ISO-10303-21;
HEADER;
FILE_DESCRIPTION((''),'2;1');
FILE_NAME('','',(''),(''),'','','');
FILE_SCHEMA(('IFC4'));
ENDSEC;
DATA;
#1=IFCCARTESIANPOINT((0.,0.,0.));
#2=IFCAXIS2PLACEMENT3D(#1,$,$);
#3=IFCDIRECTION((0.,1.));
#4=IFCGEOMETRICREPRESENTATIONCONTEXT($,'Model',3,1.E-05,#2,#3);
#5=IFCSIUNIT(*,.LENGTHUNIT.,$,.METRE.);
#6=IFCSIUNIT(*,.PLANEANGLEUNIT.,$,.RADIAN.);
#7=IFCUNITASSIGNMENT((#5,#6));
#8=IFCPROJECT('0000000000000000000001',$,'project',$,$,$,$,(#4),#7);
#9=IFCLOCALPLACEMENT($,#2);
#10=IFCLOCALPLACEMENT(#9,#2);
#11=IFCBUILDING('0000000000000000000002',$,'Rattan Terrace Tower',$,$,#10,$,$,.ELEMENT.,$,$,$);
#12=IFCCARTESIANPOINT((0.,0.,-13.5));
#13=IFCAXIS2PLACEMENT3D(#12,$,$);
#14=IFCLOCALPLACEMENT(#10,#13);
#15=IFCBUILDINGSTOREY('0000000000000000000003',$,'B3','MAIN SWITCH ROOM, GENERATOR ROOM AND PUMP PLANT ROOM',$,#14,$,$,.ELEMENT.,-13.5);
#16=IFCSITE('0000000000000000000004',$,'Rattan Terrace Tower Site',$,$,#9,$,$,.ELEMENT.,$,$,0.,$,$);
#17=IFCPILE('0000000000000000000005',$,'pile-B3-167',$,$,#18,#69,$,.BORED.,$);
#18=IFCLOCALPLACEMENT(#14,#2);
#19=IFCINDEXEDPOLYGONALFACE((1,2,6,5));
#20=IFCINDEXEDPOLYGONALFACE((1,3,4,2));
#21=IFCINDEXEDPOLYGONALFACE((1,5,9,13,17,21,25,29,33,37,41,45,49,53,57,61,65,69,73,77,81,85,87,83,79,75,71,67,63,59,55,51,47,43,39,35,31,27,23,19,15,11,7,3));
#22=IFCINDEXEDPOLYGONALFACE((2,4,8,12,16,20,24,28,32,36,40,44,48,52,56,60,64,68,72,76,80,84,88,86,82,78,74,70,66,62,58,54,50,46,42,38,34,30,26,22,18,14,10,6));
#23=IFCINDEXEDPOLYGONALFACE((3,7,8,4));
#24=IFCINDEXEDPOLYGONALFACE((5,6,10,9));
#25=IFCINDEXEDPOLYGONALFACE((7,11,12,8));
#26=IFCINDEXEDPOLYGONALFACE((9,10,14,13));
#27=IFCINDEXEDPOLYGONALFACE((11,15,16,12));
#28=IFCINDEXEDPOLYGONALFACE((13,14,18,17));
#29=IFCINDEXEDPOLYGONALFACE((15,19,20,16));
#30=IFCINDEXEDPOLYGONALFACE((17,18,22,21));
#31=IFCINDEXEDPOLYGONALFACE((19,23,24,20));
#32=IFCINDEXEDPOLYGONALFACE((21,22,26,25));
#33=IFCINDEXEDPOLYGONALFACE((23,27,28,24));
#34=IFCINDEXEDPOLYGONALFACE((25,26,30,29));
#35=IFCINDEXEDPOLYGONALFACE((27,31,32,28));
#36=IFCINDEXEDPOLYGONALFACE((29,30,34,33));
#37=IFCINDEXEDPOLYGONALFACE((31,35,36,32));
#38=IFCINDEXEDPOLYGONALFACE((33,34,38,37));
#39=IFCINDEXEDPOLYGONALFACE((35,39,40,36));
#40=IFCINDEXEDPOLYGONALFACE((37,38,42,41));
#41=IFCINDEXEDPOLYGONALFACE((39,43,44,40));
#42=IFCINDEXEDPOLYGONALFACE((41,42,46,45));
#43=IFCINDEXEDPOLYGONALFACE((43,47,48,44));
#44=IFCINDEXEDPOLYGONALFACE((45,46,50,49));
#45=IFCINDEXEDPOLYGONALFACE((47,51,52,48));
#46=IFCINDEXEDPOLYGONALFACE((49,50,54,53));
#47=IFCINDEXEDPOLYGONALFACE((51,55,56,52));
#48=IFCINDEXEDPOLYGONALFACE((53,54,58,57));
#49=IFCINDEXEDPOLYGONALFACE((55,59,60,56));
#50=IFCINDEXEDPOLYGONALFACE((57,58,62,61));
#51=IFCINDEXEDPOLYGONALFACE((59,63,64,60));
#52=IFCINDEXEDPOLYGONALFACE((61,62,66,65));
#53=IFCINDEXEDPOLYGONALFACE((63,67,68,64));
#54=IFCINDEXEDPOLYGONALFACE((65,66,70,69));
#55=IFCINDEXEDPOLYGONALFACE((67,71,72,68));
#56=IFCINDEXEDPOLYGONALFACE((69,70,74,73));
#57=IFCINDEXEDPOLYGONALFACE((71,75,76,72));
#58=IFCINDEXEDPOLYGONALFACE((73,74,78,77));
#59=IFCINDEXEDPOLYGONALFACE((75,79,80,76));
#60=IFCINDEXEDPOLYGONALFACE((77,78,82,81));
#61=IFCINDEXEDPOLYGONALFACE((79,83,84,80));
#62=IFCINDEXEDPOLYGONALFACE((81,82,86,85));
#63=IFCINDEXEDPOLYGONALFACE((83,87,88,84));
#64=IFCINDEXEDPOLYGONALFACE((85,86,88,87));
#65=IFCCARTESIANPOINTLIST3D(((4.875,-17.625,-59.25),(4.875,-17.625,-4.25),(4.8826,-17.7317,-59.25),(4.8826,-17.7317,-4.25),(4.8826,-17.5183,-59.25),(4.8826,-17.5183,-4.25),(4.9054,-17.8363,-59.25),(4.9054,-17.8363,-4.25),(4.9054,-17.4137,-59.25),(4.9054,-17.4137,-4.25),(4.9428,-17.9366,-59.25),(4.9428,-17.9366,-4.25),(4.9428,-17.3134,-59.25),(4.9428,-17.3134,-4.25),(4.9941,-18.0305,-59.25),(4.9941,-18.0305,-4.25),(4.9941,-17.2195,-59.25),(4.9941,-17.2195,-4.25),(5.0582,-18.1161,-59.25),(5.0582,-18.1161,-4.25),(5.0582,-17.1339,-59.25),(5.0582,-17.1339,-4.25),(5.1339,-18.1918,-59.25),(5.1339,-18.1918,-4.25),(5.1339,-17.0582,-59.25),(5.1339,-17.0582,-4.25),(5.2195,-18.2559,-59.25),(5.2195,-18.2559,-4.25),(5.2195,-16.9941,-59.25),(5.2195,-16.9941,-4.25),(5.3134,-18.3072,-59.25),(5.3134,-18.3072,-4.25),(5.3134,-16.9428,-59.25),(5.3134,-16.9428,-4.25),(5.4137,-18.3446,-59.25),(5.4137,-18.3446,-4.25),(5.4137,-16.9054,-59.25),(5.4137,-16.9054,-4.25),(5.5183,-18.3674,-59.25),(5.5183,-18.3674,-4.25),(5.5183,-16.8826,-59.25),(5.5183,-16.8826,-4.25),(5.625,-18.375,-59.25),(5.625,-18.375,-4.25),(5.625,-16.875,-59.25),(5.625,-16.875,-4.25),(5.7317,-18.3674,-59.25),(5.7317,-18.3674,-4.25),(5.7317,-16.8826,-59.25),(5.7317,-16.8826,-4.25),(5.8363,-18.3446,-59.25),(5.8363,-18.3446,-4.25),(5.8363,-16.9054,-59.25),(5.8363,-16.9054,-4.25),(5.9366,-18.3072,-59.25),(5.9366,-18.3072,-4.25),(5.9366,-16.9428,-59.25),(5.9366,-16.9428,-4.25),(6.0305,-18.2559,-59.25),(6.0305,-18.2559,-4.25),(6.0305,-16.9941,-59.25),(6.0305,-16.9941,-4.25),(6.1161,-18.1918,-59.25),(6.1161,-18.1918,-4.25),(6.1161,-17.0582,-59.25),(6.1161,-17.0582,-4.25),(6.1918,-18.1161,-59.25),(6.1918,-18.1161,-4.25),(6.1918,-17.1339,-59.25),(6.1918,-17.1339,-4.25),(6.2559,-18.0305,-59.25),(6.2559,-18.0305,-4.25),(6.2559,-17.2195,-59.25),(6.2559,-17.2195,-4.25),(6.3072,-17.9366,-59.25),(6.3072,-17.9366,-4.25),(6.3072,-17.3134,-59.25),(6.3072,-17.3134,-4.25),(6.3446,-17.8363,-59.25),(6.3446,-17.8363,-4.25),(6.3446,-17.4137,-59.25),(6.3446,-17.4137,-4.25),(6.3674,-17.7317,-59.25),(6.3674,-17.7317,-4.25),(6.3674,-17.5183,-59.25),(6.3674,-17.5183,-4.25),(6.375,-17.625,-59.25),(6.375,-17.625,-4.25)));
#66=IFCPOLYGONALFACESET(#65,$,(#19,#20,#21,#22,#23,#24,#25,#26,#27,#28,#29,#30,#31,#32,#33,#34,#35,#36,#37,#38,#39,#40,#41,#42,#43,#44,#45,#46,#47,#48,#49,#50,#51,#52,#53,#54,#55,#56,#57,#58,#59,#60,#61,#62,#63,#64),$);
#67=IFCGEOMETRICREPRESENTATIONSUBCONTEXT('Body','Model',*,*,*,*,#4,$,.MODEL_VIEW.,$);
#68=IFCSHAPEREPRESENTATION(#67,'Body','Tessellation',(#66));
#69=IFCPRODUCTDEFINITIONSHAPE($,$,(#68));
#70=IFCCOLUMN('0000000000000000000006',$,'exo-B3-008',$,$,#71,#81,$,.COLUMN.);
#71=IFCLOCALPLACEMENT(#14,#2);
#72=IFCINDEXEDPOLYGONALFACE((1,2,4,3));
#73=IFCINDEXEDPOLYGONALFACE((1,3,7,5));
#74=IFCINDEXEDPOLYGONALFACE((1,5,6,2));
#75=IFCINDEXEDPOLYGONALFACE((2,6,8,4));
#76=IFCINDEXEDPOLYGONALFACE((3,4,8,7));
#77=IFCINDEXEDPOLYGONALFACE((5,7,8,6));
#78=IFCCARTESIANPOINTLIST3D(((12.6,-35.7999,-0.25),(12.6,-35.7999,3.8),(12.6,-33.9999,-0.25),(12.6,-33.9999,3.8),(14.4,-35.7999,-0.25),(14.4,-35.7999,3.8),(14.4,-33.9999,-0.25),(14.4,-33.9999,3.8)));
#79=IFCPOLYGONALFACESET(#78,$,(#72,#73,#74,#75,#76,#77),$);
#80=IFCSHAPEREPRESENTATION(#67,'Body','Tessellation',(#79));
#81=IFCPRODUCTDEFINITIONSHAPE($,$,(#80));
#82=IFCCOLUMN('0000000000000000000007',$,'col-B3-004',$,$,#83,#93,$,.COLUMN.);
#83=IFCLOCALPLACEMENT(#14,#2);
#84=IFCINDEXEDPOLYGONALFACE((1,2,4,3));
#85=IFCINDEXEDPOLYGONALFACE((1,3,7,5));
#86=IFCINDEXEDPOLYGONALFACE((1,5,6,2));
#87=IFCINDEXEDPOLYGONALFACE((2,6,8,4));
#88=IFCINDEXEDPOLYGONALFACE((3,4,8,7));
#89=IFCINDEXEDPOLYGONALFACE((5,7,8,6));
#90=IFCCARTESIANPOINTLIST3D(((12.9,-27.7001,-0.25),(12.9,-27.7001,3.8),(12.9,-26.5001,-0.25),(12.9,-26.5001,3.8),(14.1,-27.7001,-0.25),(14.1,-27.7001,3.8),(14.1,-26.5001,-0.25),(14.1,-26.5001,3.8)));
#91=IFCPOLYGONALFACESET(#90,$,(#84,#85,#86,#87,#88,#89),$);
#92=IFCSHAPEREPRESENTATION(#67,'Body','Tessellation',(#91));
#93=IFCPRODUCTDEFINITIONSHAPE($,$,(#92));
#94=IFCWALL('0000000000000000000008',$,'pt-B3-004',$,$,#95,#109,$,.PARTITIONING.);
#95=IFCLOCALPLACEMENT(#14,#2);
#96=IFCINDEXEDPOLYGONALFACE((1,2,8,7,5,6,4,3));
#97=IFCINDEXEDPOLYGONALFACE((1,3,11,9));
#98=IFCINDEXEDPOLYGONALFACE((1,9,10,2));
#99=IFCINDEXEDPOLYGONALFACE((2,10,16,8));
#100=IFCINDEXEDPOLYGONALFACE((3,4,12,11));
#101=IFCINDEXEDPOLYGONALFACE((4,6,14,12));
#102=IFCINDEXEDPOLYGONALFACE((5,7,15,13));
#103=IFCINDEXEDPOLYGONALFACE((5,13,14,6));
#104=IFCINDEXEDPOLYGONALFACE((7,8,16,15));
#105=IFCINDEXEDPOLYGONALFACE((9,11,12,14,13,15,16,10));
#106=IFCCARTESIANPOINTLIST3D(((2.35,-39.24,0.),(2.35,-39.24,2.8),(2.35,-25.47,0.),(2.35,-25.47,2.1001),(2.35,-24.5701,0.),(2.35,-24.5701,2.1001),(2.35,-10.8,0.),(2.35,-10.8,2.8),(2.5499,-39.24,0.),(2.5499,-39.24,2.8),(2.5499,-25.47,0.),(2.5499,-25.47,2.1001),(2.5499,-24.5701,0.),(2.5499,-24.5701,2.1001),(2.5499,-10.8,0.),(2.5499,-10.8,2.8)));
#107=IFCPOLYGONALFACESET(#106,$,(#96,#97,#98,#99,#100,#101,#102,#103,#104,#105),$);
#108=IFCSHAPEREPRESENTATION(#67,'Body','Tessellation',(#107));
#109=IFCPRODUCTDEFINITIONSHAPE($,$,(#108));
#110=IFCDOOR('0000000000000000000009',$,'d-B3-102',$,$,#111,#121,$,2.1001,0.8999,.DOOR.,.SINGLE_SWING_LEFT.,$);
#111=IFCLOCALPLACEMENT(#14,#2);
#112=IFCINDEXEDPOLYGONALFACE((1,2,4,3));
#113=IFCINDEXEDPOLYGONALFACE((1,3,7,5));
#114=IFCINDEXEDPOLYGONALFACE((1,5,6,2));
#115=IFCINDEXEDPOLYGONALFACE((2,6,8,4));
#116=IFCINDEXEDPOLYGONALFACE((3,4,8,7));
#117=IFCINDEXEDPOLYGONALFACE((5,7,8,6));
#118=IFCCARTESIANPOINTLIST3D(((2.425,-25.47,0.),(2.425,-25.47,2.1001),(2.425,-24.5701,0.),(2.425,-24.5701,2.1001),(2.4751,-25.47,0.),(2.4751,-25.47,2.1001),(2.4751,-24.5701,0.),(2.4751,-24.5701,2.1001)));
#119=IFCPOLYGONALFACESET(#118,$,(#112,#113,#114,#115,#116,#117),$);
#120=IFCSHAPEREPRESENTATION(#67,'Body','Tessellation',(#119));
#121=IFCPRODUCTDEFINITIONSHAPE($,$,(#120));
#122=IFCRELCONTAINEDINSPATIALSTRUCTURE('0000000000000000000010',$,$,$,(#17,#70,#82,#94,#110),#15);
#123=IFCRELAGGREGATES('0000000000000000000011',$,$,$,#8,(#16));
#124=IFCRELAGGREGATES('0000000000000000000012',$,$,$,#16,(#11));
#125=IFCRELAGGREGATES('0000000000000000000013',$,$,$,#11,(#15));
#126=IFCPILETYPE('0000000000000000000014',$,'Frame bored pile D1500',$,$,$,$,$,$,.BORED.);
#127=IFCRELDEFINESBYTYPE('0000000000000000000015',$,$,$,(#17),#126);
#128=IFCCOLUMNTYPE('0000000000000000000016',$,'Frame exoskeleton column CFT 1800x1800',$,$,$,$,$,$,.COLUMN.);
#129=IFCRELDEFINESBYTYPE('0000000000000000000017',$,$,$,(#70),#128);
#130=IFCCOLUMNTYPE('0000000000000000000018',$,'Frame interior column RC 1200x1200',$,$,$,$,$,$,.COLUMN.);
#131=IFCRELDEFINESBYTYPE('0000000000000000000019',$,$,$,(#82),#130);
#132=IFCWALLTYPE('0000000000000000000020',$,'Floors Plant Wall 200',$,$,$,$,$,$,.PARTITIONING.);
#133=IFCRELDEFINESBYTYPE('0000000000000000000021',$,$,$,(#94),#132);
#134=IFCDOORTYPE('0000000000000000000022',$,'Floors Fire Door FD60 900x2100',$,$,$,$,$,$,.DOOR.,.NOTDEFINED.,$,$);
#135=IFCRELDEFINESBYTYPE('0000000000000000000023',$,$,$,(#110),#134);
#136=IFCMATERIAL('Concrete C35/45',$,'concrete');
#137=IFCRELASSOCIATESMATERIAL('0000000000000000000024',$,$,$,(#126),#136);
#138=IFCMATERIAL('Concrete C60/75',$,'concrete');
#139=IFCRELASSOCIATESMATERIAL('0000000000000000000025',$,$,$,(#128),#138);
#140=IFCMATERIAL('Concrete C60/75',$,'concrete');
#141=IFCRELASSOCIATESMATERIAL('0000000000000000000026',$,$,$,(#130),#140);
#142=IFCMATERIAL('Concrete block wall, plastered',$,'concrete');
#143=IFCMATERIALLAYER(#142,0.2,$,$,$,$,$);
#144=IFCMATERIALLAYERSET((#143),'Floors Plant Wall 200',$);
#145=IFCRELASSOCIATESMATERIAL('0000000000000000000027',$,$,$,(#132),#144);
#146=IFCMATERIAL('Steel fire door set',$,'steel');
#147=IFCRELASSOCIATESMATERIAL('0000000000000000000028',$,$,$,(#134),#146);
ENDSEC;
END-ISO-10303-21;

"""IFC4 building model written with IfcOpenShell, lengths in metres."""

from ifc_helpers import new_model, si_unit, direction, frame, frame_2d, origin, origin_2d, place, context, subcontext, project, spatial, rectangle, circle, extrude, material, layer, layer_set, material_profile, profile_set, type_object, element, fill, save


model = new_model("IFC4")

# Units and contexts
model_context = context("Model", 3, precision=1e-05, world=origin(), true_north=direction((0.0, 1.0)))
body_context = subcontext(model_context, "Body", "Model", "MODEL_VIEW")
ifc_project = project(units=[si_unit("LENGTHUNIT", "METRE"), si_unit("PLANEANGLEUNIT", "RADIAN")], contexts=[model_context])

# Site, building, storey
site_placement = place(None, origin())
site = spatial("IfcSite", under=ifc_project, at=site_placement, Name="Rattan Terrace Tower Site", CompositionType="ELEMENT", RefElevation=0.0)
building_placement = place(site_placement, origin())
building = spatial("IfcBuilding", under=site, at=building_placement, Name="Rattan Terrace Tower", CompositionType="ELEMENT")
storey_placement = place(building_placement, frame((0.0, 0.0, -13.5)))
storey = spatial("IfcBuildingStorey", under=building, at=storey_placement, Name="B3", Description="MAIN SWITCH ROOM, GENERATOR ROOM AND PUMP PLANT ROOM", CompositionType="ELEMENT", Elevation=-13.5)

# Pile
ifc_material_1 = material(Name="Concrete C35/45", Category="concrete")
ifc_material_profile_1 = material_profile(ifc_material_1, circle(Radius=0.75, at=origin_2d()), Name="PILE D1500")
ifc_profile_set_1 = profile_set([ifc_material_profile_1], Name="Concrete C35/45")
pile_type = type_object("IfcPileType", Name="Frame bored pile D1500", PredefinedType="BORED", material=ifc_profile_set_1)
for number, where, z_axis, x_axis, name in (
    (1, (5.625, -17.625, -4.25), (0.0, 0.0, -1.0), (1.0, 0.0, 0.0), "pile-B3-167"),
):
    element("IfcPile", number, at=place(storey_placement, frame(where, z_axis=z_axis, x_axis=x_axis)), inside=storey, type_object=pile_type, Name=name, PredefinedType="BORED", context=body_context, shape_type="SweptSolid", body=[
        extrude(circle(Radius=0.75, at=origin_2d()), origin(), (0.0, 0.0, 1.0), 55.0),
    ])

# Columns
ifc_material_2 = material(Name="Concrete C60/75", Category="concrete")
ifc_material_profile_2 = material_profile(ifc_material_2, rectangle(XDim=1.8, YDim=1.8, at=origin_2d()), Name="CFT 1800x1800")
ifc_profile_set_2 = profile_set([ifc_material_profile_2], Name="Concrete C60/75")
column_type_1 = type_object("IfcColumnType", Name="Frame exoskeleton column CFT 1800x1800", PredefinedType="COLUMN", material=ifc_profile_set_2)
column_1_placement = place(storey_placement, frame((13.5, -34.8999, -0.25), z_axis=(0.0, 0.0, 1.0), x_axis=(1.0, 0.0, 0.0)))
element("IfcColumn", 2, at=column_1_placement, inside=storey, type_object=column_type_1, Name="exo-B3-008", PredefinedType="COLUMN", context=body_context, shape_type="SweptSolid", body=[
    extrude(rectangle(XDim=1.8, YDim=1.8, at=origin_2d()), origin(), (0.0, 0.0, 1.0), 4.05),
])
ifc_material_3 = material(Name="Concrete C60/75", Category="concrete")
ifc_material_profile_3 = material_profile(ifc_material_3, rectangle(XDim=1.2, YDim=1.2, at=origin_2d()), Name="RC 1200x1200")
ifc_profile_set_3 = profile_set([ifc_material_profile_3], Name="Concrete C60/75")
column_type_2 = type_object("IfcColumnType", Name="Frame interior column RC 1200x1200", PredefinedType="COLUMN", material=ifc_profile_set_3)
column_2_placement = place(storey_placement, frame((13.5, -27.1001, -0.25), z_axis=(0.0, 0.0, 1.0), x_axis=(1.0, 0.0, 0.0)))
element("IfcColumn", 3, at=column_2_placement, inside=storey, type_object=column_type_2, Name="col-B3-004", PredefinedType="COLUMN", context=body_context, shape_type="SweptSolid", body=[
    extrude(rectangle(XDim=1.2, YDim=1.2, at=origin_2d()), origin(), (0.0, 0.0, 1.0), 4.05),
])

# Wall, opening, door
ifc_material_4 = material(Name="Concrete block wall, plastered", Category="concrete")
ifc_layer = layer(ifc_material_4, 0.2)
ifc_layer_set = layer_set([ifc_layer], Name="Floors Plant Wall 200")
wall_type = type_object("IfcWallType", Name="Floors Plant Wall 200", PredefinedType="PARTITIONING", material=ifc_layer_set)
wall_placement = place(storey_placement, frame((2.45, -39.24, 0.0), z_axis=(0.0, 0.0, 1.0), x_axis=(0.0, 1.0, 0.0)))
wall = element("IfcWall", 4, at=wall_placement, inside=storey, type_object=wall_type, Name="pt-B3-004", PredefinedType="PARTITIONING", context=body_context, shape_type="SweptSolid", body=[
    extrude(rectangle(XDim=28.4399, YDim=0.2, at=frame_2d((14.22, 0.0))), origin(), (0.0, 0.0, 1.0), 2.8),
])
opening_placement = place(wall_placement, frame((13.77, 0.0, 0.0)))
opening = element("IfcOpeningElement", 5, at=opening_placement, cuts=wall, PredefinedType="OPENING", context=body_context, shape_type="SweptSolid", body=[
    extrude(rectangle(XDim=0.8999, YDim=2.1001, at=frame_2d((0.45, 1.05))), frame((0.0, 0.1106, 0.0), z_axis=(0.0, -1.0, 0.0), x_axis=(1.0, 0.0, 0.0)), (0.0, 0.0, 1.0), 0.2209),
])
ifc_material_5 = material(Name="Steel fire door set", Category="steel")
door_type = type_object("IfcDoorType", Name="Floors Fire Door FD60 900x2100", OperationType="NOTDEFINED", PredefinedType="DOOR", material=ifc_material_5)
door_placement = place(opening_placement, origin())
door = element("IfcDoor", 6, at=door_placement, inside=storey, type_object=door_type, Name="d-B3-102", OperationType="SINGLE_SWING_LEFT", OverallHeight=2.1001, OverallWidth=0.8999, PredefinedType="DOOR", context=body_context, shape_type="SweptSolid", body=[
    extrude(rectangle(XDim=0.8999, YDim=2.1001, at=frame_2d((0.45, 1.05))), frame((0.0, 0.0249, 0.0), z_axis=(0.0, -1.0, 0.0), x_axis=(1.0, 0.0, 0.0)), (0.0, 0.0, 1.0), 0.05),
])
fill(opening, door)

save(model, "model.ifc")
